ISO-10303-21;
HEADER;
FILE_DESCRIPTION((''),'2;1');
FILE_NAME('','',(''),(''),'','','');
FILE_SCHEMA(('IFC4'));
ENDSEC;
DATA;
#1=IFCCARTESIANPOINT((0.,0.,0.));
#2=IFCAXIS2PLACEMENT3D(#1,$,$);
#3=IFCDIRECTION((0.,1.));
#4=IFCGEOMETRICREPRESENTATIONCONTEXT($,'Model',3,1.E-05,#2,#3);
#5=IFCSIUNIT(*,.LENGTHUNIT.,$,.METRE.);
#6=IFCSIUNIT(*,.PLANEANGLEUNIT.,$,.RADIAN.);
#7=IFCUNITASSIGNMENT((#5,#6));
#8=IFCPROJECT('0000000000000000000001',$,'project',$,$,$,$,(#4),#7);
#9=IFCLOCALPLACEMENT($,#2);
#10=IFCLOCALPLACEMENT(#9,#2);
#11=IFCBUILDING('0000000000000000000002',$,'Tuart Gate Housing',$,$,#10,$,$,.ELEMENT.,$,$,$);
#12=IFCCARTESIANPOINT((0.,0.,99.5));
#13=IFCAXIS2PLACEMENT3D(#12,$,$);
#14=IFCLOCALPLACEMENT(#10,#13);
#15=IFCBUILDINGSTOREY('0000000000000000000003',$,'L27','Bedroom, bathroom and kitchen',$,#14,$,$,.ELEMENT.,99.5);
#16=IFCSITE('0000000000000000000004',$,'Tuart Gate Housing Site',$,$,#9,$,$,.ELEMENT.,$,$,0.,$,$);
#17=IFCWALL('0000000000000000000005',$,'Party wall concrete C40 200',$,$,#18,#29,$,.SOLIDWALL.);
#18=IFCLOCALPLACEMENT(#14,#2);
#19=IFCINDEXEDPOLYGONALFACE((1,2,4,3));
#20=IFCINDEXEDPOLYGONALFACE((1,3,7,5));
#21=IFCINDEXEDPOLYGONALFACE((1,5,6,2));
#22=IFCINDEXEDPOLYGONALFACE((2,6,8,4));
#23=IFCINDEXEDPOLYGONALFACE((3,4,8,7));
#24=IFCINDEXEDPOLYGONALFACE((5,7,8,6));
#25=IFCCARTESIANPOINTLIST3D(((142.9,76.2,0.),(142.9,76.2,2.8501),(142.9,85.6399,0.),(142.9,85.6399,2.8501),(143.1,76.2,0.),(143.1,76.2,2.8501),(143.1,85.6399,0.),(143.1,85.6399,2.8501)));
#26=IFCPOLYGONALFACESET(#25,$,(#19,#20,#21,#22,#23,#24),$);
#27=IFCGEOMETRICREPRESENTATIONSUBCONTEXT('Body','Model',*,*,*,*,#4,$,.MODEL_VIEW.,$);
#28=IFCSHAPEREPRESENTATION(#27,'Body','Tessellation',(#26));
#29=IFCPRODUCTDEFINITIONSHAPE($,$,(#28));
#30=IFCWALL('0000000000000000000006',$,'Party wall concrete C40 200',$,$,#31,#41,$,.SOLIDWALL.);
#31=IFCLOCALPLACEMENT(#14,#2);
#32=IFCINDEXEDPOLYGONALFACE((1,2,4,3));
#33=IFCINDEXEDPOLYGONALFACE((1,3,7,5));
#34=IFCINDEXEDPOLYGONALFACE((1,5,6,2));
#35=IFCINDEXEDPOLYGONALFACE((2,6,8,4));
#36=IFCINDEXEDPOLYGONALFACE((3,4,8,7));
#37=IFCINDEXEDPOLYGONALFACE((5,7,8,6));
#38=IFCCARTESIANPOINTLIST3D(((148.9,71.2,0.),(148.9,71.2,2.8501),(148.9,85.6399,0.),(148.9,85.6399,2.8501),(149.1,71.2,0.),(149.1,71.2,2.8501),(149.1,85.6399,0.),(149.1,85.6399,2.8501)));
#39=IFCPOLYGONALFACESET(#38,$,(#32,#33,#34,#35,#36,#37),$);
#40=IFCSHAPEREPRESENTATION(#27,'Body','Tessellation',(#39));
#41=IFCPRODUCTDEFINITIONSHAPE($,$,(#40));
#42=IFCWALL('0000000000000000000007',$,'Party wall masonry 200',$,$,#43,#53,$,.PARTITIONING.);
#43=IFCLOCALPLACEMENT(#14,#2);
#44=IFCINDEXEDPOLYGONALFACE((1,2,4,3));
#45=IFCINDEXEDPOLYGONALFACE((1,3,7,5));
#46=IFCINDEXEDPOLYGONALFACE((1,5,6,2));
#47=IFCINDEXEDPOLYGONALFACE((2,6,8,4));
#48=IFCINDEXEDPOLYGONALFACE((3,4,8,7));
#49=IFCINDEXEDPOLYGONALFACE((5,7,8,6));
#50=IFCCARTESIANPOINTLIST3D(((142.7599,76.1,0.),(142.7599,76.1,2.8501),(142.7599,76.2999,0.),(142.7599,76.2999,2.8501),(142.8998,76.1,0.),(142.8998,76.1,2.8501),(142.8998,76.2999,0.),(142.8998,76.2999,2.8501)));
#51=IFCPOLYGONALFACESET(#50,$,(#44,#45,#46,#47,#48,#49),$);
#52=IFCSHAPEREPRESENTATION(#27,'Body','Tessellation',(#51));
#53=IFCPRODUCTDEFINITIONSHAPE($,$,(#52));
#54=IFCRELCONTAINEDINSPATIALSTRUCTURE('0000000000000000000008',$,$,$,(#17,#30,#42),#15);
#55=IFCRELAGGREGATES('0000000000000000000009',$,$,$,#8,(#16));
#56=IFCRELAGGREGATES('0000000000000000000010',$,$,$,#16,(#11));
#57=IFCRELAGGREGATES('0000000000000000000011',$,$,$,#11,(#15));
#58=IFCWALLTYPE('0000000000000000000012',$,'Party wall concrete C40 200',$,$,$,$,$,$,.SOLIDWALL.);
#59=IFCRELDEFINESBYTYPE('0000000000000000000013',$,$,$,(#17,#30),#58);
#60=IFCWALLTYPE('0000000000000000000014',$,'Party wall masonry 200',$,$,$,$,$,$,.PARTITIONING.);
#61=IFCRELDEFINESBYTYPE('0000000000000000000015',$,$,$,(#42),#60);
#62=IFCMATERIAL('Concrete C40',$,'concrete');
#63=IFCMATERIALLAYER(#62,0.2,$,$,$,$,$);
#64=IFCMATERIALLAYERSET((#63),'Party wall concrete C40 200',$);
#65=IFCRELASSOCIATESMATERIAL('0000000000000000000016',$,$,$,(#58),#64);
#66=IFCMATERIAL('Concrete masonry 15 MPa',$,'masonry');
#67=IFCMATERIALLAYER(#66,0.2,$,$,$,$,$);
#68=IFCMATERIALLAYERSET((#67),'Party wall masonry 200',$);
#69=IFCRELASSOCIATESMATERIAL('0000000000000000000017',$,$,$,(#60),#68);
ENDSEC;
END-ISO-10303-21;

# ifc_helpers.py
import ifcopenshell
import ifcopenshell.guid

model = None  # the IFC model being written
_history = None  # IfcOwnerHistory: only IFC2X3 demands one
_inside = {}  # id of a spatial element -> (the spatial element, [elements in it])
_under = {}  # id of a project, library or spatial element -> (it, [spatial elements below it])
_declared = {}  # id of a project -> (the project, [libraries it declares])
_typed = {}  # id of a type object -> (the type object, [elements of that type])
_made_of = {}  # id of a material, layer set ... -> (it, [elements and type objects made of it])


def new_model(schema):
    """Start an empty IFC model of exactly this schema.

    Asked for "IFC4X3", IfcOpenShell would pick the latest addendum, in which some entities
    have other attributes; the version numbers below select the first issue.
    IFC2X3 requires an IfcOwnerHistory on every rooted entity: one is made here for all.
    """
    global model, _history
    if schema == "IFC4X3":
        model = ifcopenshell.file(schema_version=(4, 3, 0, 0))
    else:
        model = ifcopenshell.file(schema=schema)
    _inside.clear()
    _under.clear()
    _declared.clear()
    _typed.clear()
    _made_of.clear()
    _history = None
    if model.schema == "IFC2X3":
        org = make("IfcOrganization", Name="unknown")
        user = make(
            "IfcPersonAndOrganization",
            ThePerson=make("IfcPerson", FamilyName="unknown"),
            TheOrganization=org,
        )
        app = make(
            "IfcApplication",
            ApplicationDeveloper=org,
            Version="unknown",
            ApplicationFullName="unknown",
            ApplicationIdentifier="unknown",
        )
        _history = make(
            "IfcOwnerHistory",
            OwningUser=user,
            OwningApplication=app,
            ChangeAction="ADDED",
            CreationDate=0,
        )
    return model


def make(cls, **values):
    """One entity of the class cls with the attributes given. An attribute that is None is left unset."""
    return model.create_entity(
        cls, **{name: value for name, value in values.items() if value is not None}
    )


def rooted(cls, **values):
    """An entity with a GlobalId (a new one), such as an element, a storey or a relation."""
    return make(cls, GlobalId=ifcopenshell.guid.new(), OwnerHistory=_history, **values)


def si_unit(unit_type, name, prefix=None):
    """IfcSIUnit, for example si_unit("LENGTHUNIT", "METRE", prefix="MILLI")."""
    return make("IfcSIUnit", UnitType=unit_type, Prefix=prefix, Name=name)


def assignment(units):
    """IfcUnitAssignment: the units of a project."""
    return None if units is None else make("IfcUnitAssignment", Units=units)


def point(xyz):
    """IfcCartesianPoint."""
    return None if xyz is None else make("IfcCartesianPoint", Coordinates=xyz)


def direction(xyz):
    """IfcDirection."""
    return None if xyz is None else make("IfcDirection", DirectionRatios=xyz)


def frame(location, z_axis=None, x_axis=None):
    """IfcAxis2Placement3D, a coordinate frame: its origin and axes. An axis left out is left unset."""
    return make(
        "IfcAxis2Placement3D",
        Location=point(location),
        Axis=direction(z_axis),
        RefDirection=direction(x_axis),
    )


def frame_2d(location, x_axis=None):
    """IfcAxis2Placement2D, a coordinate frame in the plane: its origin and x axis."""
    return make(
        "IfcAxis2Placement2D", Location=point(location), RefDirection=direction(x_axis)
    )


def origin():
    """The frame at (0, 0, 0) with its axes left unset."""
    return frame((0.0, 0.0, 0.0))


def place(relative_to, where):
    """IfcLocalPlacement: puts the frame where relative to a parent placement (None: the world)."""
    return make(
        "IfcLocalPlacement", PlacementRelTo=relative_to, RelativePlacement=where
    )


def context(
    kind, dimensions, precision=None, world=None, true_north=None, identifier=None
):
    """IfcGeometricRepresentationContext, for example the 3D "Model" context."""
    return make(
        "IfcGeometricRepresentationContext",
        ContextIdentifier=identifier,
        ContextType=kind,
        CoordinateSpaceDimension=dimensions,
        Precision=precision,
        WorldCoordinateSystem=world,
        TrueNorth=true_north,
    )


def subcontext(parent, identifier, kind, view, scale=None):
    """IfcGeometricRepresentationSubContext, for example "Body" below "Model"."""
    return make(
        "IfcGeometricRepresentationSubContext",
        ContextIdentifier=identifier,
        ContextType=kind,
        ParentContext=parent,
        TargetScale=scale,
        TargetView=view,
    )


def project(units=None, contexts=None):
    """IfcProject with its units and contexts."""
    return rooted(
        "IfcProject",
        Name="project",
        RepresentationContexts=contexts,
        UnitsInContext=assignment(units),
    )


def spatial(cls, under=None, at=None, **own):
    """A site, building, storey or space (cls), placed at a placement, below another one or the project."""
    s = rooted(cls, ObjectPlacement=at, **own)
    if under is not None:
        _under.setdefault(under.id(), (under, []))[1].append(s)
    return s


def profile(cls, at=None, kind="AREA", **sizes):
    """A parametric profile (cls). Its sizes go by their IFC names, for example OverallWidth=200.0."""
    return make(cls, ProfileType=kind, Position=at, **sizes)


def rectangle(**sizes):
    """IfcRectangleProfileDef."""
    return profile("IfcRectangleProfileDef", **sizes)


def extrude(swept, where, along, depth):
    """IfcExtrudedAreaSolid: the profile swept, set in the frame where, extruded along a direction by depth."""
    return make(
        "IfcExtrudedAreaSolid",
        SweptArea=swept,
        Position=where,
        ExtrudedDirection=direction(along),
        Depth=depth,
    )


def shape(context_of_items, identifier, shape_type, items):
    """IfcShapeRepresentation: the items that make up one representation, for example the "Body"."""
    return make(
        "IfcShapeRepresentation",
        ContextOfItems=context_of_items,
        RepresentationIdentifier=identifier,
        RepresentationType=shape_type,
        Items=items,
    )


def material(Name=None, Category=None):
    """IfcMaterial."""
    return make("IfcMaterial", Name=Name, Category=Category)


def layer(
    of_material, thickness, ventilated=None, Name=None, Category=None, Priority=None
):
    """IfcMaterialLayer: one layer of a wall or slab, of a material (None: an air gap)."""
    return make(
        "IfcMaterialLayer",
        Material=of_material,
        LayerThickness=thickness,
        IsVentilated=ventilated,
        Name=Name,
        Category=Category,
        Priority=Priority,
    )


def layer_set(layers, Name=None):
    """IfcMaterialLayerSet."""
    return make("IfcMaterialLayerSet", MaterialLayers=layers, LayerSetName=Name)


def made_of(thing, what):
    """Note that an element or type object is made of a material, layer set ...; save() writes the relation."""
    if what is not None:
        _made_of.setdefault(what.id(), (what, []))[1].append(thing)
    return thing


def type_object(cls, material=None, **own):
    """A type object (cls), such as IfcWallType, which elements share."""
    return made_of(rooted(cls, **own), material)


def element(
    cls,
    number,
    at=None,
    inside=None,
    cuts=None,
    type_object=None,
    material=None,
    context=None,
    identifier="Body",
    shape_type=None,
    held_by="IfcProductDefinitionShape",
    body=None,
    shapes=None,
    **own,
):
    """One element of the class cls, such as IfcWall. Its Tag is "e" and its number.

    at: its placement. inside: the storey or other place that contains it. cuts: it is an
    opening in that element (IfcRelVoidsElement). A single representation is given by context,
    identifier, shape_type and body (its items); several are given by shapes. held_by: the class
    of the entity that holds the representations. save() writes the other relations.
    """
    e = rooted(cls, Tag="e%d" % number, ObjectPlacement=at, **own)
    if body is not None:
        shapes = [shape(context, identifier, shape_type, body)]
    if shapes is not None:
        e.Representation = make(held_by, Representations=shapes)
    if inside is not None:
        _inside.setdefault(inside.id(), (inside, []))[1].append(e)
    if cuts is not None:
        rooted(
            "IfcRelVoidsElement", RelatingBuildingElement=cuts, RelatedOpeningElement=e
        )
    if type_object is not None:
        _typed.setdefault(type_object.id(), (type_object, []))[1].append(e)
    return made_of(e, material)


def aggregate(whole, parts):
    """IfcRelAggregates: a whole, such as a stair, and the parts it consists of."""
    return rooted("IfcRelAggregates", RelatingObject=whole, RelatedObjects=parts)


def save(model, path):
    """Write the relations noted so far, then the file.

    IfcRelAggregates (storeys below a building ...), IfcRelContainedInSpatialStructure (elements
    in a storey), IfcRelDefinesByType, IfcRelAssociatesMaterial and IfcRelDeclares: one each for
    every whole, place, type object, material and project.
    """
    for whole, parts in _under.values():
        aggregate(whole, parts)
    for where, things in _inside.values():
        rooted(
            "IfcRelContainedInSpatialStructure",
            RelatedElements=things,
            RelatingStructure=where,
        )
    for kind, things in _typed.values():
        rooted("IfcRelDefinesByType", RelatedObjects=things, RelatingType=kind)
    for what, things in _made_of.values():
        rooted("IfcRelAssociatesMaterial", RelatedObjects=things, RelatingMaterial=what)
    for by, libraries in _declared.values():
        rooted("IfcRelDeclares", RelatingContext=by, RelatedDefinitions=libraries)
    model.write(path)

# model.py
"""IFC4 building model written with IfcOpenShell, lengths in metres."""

from ifc_helpers import new_model, si_unit, direction, frame, frame_2d, origin, place, context, subcontext, project, spatial, rectangle, extrude, material, layer, layer_set, type_object, element, save


model = new_model("IFC4")

# Units and contexts
model_context = context("Model", 3, precision=1e-05, world=origin(), true_north=direction((0.0, 1.0)))
body_context = subcontext(model_context, "Body", "Model", "MODEL_VIEW")
ifc_project = project(units=[si_unit("LENGTHUNIT", "METRE"), si_unit("PLANEANGLEUNIT", "RADIAN")], contexts=[model_context])

# Site, building, storey
site_placement = place(None, origin())
site = spatial("IfcSite", under=ifc_project, at=site_placement, Name="Tuart Gate Housing Site", CompositionType="ELEMENT", RefElevation=0.0)
building_placement = place(site_placement, origin())
building = spatial("IfcBuilding", under=site, at=building_placement, Name="Tuart Gate Housing", CompositionType="ELEMENT")
storey_placement = place(building_placement, frame((0.0, 0.0, 99.5)))
storey = spatial("IfcBuildingStorey", under=building, at=storey_placement, Name="L27", Description="Bedroom, bathroom and kitchen", CompositionType="ELEMENT", Elevation=99.5)

# Walls
ifc_material_1 = material(Name="Concrete C40", Category="concrete")
ifc_layer_1 = layer(ifc_material_1, 0.2)
ifc_layer_set_1 = layer_set([ifc_layer_1], Name="Party wall concrete C40 200")
wall_type_1 = type_object("IfcWallType", Name="Party wall concrete C40 200", PredefinedType="SOLIDWALL", material=ifc_layer_set_1)
wall_1_placement = place(storey_placement, frame((143.0, 76.2, 0.0), z_axis=(0.0, 0.0, 1.0), x_axis=(0.0, 1.0, 0.0)))
element("IfcWall", 1, at=wall_1_placement, inside=storey, type_object=wall_type_1, Name="Party wall concrete C40 200", PredefinedType="SOLIDWALL", context=body_context, shape_type="SweptSolid", body=[
    extrude(rectangle(XDim=9.4399, YDim=0.2, at=frame_2d((4.72, 0.0))), origin(), (0.0, 0.0, 1.0), 2.8501),
])
wall_2_placement = place(storey_placement, frame((149.0, 71.2, 0.0), z_axis=(0.0, 0.0, 1.0), x_axis=(0.0, 1.0, 0.0)))
element("IfcWall", 2, at=wall_2_placement, inside=storey, type_object=wall_type_1, Name="Party wall concrete C40 200", PredefinedType="SOLIDWALL", context=body_context, shape_type="SweptSolid", body=[
    extrude(rectangle(XDim=14.4399, YDim=0.2, at=frame_2d((7.22, 0.0))), origin(), (0.0, 0.0, 1.0), 2.8501),
])
ifc_material_2 = material(Name="Concrete masonry 15 MPa", Category="masonry")
ifc_layer_2 = layer(ifc_material_2, 0.2)
ifc_layer_set_2 = layer_set([ifc_layer_2], Name="Party wall masonry 200")
wall_type_2 = type_object("IfcWallType", Name="Party wall masonry 200", PredefinedType="PARTITIONING", material=ifc_layer_set_2)
wall_3_placement = place(storey_placement, frame((142.76, 76.2, 0.0), z_axis=(0.0, 0.0, 1.0), x_axis=(1.0, 0.0, 0.0)))
element("IfcWall", 3, at=wall_3_placement, inside=storey, type_object=wall_type_2, Name="Party wall masonry 200", PredefinedType="PARTITIONING", context=body_context, shape_type="SweptSolid", body=[
    extrude(rectangle(XDim=0.1399, YDim=0.2, at=frame_2d((0.0698, 0.0))), origin(), (0.0, 0.0, 1.0), 2.8501),
])

save(model, "model.ifc")
